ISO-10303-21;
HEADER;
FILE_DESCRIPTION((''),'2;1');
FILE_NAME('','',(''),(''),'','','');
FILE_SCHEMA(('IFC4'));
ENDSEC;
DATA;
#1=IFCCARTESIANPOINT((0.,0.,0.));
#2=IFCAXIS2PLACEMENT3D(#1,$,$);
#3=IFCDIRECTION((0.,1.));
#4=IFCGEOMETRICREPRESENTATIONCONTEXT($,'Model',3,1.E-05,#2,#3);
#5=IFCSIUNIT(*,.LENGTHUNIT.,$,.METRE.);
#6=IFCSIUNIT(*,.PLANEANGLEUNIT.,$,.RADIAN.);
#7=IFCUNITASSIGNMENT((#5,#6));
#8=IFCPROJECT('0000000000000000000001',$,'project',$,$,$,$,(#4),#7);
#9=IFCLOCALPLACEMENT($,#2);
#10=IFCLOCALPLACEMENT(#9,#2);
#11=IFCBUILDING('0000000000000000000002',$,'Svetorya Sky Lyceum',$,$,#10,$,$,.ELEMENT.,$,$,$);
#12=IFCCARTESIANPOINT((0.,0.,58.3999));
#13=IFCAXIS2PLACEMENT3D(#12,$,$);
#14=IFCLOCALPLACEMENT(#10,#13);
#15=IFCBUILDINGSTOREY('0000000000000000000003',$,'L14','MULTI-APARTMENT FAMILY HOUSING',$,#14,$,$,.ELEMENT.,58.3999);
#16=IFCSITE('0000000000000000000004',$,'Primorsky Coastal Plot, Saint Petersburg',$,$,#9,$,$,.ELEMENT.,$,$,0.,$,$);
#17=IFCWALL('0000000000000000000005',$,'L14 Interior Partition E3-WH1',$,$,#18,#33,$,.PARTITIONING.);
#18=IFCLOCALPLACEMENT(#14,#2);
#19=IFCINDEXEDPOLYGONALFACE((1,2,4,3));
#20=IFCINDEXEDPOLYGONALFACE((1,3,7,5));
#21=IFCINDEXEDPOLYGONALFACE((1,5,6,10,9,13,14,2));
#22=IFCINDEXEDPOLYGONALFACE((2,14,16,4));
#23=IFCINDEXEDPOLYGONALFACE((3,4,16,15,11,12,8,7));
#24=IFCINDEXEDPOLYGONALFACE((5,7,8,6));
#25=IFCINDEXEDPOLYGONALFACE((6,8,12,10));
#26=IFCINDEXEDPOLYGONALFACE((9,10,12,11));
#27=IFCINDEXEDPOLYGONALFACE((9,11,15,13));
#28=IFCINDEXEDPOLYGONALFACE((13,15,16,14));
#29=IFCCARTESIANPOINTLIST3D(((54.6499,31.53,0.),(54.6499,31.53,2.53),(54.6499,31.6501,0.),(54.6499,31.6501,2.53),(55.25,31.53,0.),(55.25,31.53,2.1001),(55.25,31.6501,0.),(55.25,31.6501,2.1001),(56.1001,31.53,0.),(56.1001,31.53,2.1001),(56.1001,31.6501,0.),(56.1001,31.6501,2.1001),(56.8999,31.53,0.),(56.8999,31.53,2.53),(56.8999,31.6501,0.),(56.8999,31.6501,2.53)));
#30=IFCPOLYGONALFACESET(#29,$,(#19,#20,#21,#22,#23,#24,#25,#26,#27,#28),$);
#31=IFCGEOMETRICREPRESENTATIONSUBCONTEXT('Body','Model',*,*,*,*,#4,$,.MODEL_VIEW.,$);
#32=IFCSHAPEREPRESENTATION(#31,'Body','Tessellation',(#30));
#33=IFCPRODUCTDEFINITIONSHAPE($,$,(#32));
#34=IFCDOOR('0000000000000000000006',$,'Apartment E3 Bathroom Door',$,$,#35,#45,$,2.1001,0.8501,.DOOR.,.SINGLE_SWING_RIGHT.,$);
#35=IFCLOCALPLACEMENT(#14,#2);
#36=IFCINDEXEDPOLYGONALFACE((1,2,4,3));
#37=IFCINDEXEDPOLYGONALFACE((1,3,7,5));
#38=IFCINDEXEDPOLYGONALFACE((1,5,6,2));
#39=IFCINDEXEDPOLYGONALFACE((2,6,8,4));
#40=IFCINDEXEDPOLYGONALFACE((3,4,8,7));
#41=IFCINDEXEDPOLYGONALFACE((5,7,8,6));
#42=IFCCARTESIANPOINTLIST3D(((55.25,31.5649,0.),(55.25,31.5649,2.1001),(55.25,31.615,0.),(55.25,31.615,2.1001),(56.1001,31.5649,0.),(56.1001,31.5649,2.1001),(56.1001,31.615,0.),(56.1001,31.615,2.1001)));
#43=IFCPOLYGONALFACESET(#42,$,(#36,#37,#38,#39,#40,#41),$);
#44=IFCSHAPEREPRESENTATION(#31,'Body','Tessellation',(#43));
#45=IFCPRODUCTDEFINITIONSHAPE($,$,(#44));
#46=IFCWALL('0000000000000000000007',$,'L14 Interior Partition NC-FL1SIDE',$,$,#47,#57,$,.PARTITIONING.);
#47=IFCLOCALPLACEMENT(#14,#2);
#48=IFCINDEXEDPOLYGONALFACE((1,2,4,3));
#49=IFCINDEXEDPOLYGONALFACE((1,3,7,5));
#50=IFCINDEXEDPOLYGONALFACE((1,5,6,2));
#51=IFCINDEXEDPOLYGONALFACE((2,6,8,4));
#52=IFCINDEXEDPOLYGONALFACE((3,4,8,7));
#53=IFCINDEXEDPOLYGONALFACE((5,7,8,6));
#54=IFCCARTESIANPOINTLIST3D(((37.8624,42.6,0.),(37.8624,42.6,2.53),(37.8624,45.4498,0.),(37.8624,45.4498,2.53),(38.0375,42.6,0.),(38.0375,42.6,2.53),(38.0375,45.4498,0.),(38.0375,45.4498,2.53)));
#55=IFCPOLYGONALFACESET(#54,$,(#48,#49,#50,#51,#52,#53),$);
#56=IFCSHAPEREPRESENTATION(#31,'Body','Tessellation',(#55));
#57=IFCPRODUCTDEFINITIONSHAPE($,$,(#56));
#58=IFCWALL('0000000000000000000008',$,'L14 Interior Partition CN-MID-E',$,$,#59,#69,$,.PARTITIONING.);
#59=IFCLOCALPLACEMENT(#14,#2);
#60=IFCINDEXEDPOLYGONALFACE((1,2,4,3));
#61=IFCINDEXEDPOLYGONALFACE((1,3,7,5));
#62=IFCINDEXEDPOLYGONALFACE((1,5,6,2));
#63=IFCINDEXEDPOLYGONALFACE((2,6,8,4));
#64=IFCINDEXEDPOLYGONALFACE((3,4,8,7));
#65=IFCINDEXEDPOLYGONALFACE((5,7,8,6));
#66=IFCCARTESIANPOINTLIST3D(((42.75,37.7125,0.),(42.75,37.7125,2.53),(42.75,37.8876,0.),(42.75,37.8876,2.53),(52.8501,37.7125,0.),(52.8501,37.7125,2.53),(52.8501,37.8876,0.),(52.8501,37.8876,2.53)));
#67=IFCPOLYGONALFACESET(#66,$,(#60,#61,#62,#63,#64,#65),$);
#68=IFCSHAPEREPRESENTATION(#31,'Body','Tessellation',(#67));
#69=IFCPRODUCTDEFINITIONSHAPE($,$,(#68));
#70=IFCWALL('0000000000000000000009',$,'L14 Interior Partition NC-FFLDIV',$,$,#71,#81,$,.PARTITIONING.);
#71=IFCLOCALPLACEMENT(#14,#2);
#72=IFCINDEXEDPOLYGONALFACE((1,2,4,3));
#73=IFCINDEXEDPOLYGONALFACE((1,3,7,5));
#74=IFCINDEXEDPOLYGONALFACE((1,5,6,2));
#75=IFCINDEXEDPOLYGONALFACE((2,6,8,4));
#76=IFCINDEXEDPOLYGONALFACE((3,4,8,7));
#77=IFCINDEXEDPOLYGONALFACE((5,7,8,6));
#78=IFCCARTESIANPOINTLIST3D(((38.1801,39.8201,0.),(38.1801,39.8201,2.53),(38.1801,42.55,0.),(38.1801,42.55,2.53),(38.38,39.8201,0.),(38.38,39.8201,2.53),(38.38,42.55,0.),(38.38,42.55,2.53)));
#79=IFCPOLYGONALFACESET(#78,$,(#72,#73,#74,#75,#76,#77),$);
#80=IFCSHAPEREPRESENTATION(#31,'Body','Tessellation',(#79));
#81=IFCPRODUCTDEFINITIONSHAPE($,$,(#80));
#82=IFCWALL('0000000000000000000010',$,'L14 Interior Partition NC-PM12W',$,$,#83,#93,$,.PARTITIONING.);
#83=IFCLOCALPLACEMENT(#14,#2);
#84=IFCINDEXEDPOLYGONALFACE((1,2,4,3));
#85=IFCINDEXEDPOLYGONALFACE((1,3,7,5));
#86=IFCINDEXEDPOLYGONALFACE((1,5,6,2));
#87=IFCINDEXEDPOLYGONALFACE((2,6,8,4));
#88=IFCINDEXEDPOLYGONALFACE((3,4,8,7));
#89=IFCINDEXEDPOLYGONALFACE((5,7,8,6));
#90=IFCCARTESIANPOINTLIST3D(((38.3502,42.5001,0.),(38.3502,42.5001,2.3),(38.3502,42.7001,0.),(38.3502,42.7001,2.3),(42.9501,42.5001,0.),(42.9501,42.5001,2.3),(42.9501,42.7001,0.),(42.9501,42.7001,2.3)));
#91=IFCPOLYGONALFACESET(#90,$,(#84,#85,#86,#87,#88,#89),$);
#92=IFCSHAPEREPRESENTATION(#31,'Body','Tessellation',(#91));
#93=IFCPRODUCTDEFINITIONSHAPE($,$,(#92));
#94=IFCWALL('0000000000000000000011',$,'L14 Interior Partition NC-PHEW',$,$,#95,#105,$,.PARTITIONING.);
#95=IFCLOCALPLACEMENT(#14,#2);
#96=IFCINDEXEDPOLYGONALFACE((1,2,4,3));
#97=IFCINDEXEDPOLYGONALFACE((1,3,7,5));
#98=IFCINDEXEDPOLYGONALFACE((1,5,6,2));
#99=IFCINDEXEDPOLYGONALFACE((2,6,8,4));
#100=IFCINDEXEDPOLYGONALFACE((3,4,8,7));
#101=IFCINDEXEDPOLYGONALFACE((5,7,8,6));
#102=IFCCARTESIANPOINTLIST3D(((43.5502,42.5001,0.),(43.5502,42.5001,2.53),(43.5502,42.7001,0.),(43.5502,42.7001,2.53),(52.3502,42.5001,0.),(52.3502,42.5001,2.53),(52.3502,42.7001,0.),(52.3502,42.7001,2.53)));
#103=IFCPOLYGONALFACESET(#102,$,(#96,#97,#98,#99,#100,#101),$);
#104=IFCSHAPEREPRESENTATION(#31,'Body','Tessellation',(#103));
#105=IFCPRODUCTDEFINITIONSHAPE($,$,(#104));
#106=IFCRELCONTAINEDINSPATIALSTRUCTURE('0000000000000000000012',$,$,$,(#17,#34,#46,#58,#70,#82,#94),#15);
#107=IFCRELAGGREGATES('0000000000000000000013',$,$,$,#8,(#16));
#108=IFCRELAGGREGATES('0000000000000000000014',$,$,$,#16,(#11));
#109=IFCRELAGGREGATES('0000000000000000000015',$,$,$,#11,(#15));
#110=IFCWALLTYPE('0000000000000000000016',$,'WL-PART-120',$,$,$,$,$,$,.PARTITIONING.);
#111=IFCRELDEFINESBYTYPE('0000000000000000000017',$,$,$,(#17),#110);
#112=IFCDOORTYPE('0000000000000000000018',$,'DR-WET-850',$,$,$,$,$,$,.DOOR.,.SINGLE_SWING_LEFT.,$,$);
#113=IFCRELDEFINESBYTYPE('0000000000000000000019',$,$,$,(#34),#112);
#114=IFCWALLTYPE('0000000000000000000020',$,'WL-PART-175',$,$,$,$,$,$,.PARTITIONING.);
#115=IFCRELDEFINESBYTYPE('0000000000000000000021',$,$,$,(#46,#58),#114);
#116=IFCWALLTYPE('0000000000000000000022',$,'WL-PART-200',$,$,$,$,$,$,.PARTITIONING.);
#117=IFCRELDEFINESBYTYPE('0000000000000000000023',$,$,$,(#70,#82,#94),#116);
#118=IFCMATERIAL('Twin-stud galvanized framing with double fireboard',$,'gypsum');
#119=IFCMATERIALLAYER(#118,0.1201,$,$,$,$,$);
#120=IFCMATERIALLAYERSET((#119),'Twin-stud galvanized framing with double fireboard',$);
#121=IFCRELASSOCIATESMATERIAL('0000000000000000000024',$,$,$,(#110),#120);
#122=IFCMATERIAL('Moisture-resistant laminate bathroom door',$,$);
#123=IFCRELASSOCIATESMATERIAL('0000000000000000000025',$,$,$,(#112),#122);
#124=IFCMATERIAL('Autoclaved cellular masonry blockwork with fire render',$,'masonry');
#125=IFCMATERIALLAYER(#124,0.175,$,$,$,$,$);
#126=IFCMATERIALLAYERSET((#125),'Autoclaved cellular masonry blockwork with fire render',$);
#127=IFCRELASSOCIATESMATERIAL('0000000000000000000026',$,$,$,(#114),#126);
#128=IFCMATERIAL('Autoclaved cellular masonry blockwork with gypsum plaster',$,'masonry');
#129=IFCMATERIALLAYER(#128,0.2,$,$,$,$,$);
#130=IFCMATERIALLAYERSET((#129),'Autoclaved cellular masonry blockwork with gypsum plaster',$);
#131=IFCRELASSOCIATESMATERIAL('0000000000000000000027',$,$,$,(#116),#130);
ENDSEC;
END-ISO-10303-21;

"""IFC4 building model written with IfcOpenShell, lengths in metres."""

from ifc_helpers import new_model, si_unit, direction, frame, frame_2d, origin, place, context, subcontext, project, spatial, rectangle, extrude, material, layer, layer_set, type_object, element, fill, save


model = new_model("IFC4")

# Units and contexts
model_context = context("Model", 3, precision=1e-05, world=origin(), true_north=direction((0.0, 1.0)))
body_context = subcontext(model_context, "Body", "Model", "MODEL_VIEW")
ifc_project = project(units=[si_unit("LENGTHUNIT", "METRE"), si_unit("PLANEANGLEUNIT", "RADIAN")], contexts=[model_context])

# Site, building, storey
site_placement = place(None, origin())
site = spatial("IfcSite", under=ifc_project, at=site_placement, Name="Primorsky Coastal Plot, Saint Petersburg", CompositionType="ELEMENT", RefElevation=0.0)
building_placement = place(site_placement, origin())
building = spatial("IfcBuilding", under=site, at=building_placement, Name="Svetorya Sky Lyceum", CompositionType="ELEMENT")
storey_placement = place(building_placement, frame((0.0, 0.0, 58.3999)))
storey = spatial("IfcBuildingStorey", under=building, at=storey_placement, Name="L14", Description="MULTI-APARTMENT FAMILY HOUSING", CompositionType="ELEMENT", Elevation=58.3999)

# Wall, opening, door
ifc_material_1 = material(Name="Twin-stud galvanized framing with double fireboard", Category="gypsum")
ifc_layer_1 = layer(ifc_material_1, 0.1201)
ifc_layer_set_1 = layer_set([ifc_layer_1], Name="Twin-stud galvanized framing with double fireboard")
wall_type_1 = type_object("IfcWallType", Name="WL-PART-120", PredefinedType="PARTITIONING", material=ifc_layer_set_1)
wall_1_placement = place(storey_placement, frame((54.6499, 31.5901, 0.0), z_axis=(0.0, 0.0, 1.0), x_axis=(1.0, 0.0, 0.0)))
wall_1 = element("IfcWall", 1, at=wall_1_placement, inside=storey, type_object=wall_type_1, Name="L14 Interior Partition E3-WH1", PredefinedType="PARTITIONING", context=body_context, shape_type="SweptSolid", body=[
    extrude(rectangle(XDim=2.25, YDim=0.1201, at=frame_2d((1.125, 0.0))), origin(), (0.0, 0.0, 1.0), 2.53),
])
opening_1_placement = place(wall_1_placement, frame((0.6001, 0.0, 0.0)))
opening_1 = element("IfcOpeningElement", 2, at=opening_1_placement, cuts=wall_1, PredefinedType="OPENING", context=body_context, shape_type="SweptSolid", body=[
    extrude(rectangle(XDim=0.8501, YDim=2.1001, at=frame_2d((0.425, 1.05))), frame((0.0, 0.0701, 0.0), z_axis=(0.0, -1.0, 0.0), x_axis=(1.0, 0.0, 0.0)), (0.0, 0.0, 1.0), 0.1401),
])
ifc_material_2 = material(Name="Moisture-resistant laminate bathroom door")
door_type_1 = type_object("IfcDoorType", Name="DR-WET-850", OperationType="SINGLE_SWING_LEFT", PredefinedType="DOOR", material=ifc_material_2)
door_1_placement = place(opening_1_placement, origin())
door_1 = element("IfcDoor", 3, at=door_1_placement, inside=storey, type_object=door_type_1, Name="Apartment E3 Bathroom Door", OperationType="SINGLE_SWING_RIGHT", OverallHeight=2.1001, OverallWidth=0.8501, PredefinedType="DOOR", context=body_context, shape_type="SweptSolid", body=[
    extrude(rectangle(XDim=0.8501, YDim=2.1001, at=frame_2d((0.425, 1.05))), frame((0.0, 0.0249, 0.0), z_axis=(0.0, -1.0, 0.0), x_axis=(1.0, 0.0, 0.0)), (0.0, 0.0, 1.0), 0.05),
])
fill(opening_1, door_1)

# Walls
ifc_material_3 = material(Name="Autoclaved cellular masonry blockwork with fire render", Category="masonry")
ifc_layer_2 = layer(ifc_material_3, 0.175)
ifc_layer_set_2 = layer_set([ifc_layer_2], Name="Autoclaved cellular masonry blockwork with fire render")
wall_type_2 = type_object("IfcWallType", Name="WL-PART-175", PredefinedType="PARTITIONING", material=ifc_layer_set_2)
wall_2_placement = place(storey_placement, frame((37.95, 42.6001, 0.0), z_axis=(0.0, 0.0, 1.0), x_axis=(0.0, 1.0, 0.0)))
element("IfcWall", 4, at=wall_2_placement, inside=storey, type_object=wall_type_2, Name="L14 Interior Partition NC-FL1SIDE", PredefinedType="PARTITIONING", context=body_context, shape_type="SweptSolid", body=[
    extrude(rectangle(XDim=2.8499, YDim=0.175, at=frame_2d((1.4248, 0.0))), origin(), (0.0, 0.0, 1.0), 2.53),
])
wall_3_placement = place(storey_placement, frame((42.75, 37.8, 0.0), z_axis=(0.0, 0.0, 1.0), x_axis=(1.0, 0.0, 0.0)))
element("IfcWall", 5, at=wall_3_placement, inside=storey, type_object=wall_type_2, Name="L14 Interior Partition CN-MID-E", PredefinedType="PARTITIONING", context=body_context, shape_type="SweptSolid", body=[
    extrude(rectangle(XDim=10.1001, YDim=0.175, at=frame_2d((5.05, 0.0))), origin(), (0.0, 0.0, 1.0), 2.53),
])

# Shared definitions
ifc_material_4 = material(Name="Autoclaved cellular masonry blockwork with gypsum plaster", Category="masonry")
ifc_layer_3 = layer(ifc_material_4, 0.2)
ifc_layer_set_3 = layer_set([ifc_layer_3], Name="Autoclaved cellular masonry blockwork with gypsum plaster")
wall_type_3 = type_object("IfcWallType", Name="WL-PART-200", PredefinedType="PARTITIONING", material=ifc_layer_set_3)

# Walls
wall_4_placement = place(storey_placement, frame((38.28, 39.8201, 0.0), z_axis=(0.0, 0.0, 1.0), x_axis=(0.0, 1.0, 0.0)))
element("IfcWall", 6, at=wall_4_placement, inside=storey, type_object=wall_type_3, Name="L14 Interior Partition NC-FFLDIV", PredefinedType="PARTITIONING", context=body_context, shape_type="SweptSolid", body=[
    extrude(rectangle(XDim=2.73, YDim=0.2, at=frame_2d((1.365, 0.0))), origin(), (0.0, 0.0, 1.0), 2.53),
])
wall_5_placement = place(storey_placement, frame((42.95, 42.6001, 0.0), z_axis=(0.0, 0.0, 1.0), x_axis=(-1.0, 0.0, 0.0)))
element("IfcWall", 7, at=wall_5_placement, inside=storey, type_object=wall_type_3, Name="L14 Interior Partition NC-PM12W", PredefinedType="PARTITIONING", context=body_context, shape_type="SweptSolid", body=[
    extrude(rectangle(XDim=4.5999, YDim=0.2, at=frame_2d((2.2998, 0.0))), origin(), (0.0, 0.0, 1.0), 2.3),
])
wall_6_placement = place(storey_placement, frame((52.3501, 42.6001, 0.0), z_axis=(0.0, 0.0, 1.0), x_axis=(-1.0, 0.0, 0.0)))
element("IfcWall", 8, at=wall_6_placement, inside=storey, type_object=wall_type_3, Name="L14 Interior Partition NC-PHEW", PredefinedType="PARTITIONING", context=body_context, shape_type="SweptSolid", body=[
    extrude(rectangle(XDim=8.8, YDim=0.2, at=frame_2d((4.3999, 0.0))), origin(), (0.0, 0.0, 1.0), 2.53),
])

save(model, "model.ifc")
